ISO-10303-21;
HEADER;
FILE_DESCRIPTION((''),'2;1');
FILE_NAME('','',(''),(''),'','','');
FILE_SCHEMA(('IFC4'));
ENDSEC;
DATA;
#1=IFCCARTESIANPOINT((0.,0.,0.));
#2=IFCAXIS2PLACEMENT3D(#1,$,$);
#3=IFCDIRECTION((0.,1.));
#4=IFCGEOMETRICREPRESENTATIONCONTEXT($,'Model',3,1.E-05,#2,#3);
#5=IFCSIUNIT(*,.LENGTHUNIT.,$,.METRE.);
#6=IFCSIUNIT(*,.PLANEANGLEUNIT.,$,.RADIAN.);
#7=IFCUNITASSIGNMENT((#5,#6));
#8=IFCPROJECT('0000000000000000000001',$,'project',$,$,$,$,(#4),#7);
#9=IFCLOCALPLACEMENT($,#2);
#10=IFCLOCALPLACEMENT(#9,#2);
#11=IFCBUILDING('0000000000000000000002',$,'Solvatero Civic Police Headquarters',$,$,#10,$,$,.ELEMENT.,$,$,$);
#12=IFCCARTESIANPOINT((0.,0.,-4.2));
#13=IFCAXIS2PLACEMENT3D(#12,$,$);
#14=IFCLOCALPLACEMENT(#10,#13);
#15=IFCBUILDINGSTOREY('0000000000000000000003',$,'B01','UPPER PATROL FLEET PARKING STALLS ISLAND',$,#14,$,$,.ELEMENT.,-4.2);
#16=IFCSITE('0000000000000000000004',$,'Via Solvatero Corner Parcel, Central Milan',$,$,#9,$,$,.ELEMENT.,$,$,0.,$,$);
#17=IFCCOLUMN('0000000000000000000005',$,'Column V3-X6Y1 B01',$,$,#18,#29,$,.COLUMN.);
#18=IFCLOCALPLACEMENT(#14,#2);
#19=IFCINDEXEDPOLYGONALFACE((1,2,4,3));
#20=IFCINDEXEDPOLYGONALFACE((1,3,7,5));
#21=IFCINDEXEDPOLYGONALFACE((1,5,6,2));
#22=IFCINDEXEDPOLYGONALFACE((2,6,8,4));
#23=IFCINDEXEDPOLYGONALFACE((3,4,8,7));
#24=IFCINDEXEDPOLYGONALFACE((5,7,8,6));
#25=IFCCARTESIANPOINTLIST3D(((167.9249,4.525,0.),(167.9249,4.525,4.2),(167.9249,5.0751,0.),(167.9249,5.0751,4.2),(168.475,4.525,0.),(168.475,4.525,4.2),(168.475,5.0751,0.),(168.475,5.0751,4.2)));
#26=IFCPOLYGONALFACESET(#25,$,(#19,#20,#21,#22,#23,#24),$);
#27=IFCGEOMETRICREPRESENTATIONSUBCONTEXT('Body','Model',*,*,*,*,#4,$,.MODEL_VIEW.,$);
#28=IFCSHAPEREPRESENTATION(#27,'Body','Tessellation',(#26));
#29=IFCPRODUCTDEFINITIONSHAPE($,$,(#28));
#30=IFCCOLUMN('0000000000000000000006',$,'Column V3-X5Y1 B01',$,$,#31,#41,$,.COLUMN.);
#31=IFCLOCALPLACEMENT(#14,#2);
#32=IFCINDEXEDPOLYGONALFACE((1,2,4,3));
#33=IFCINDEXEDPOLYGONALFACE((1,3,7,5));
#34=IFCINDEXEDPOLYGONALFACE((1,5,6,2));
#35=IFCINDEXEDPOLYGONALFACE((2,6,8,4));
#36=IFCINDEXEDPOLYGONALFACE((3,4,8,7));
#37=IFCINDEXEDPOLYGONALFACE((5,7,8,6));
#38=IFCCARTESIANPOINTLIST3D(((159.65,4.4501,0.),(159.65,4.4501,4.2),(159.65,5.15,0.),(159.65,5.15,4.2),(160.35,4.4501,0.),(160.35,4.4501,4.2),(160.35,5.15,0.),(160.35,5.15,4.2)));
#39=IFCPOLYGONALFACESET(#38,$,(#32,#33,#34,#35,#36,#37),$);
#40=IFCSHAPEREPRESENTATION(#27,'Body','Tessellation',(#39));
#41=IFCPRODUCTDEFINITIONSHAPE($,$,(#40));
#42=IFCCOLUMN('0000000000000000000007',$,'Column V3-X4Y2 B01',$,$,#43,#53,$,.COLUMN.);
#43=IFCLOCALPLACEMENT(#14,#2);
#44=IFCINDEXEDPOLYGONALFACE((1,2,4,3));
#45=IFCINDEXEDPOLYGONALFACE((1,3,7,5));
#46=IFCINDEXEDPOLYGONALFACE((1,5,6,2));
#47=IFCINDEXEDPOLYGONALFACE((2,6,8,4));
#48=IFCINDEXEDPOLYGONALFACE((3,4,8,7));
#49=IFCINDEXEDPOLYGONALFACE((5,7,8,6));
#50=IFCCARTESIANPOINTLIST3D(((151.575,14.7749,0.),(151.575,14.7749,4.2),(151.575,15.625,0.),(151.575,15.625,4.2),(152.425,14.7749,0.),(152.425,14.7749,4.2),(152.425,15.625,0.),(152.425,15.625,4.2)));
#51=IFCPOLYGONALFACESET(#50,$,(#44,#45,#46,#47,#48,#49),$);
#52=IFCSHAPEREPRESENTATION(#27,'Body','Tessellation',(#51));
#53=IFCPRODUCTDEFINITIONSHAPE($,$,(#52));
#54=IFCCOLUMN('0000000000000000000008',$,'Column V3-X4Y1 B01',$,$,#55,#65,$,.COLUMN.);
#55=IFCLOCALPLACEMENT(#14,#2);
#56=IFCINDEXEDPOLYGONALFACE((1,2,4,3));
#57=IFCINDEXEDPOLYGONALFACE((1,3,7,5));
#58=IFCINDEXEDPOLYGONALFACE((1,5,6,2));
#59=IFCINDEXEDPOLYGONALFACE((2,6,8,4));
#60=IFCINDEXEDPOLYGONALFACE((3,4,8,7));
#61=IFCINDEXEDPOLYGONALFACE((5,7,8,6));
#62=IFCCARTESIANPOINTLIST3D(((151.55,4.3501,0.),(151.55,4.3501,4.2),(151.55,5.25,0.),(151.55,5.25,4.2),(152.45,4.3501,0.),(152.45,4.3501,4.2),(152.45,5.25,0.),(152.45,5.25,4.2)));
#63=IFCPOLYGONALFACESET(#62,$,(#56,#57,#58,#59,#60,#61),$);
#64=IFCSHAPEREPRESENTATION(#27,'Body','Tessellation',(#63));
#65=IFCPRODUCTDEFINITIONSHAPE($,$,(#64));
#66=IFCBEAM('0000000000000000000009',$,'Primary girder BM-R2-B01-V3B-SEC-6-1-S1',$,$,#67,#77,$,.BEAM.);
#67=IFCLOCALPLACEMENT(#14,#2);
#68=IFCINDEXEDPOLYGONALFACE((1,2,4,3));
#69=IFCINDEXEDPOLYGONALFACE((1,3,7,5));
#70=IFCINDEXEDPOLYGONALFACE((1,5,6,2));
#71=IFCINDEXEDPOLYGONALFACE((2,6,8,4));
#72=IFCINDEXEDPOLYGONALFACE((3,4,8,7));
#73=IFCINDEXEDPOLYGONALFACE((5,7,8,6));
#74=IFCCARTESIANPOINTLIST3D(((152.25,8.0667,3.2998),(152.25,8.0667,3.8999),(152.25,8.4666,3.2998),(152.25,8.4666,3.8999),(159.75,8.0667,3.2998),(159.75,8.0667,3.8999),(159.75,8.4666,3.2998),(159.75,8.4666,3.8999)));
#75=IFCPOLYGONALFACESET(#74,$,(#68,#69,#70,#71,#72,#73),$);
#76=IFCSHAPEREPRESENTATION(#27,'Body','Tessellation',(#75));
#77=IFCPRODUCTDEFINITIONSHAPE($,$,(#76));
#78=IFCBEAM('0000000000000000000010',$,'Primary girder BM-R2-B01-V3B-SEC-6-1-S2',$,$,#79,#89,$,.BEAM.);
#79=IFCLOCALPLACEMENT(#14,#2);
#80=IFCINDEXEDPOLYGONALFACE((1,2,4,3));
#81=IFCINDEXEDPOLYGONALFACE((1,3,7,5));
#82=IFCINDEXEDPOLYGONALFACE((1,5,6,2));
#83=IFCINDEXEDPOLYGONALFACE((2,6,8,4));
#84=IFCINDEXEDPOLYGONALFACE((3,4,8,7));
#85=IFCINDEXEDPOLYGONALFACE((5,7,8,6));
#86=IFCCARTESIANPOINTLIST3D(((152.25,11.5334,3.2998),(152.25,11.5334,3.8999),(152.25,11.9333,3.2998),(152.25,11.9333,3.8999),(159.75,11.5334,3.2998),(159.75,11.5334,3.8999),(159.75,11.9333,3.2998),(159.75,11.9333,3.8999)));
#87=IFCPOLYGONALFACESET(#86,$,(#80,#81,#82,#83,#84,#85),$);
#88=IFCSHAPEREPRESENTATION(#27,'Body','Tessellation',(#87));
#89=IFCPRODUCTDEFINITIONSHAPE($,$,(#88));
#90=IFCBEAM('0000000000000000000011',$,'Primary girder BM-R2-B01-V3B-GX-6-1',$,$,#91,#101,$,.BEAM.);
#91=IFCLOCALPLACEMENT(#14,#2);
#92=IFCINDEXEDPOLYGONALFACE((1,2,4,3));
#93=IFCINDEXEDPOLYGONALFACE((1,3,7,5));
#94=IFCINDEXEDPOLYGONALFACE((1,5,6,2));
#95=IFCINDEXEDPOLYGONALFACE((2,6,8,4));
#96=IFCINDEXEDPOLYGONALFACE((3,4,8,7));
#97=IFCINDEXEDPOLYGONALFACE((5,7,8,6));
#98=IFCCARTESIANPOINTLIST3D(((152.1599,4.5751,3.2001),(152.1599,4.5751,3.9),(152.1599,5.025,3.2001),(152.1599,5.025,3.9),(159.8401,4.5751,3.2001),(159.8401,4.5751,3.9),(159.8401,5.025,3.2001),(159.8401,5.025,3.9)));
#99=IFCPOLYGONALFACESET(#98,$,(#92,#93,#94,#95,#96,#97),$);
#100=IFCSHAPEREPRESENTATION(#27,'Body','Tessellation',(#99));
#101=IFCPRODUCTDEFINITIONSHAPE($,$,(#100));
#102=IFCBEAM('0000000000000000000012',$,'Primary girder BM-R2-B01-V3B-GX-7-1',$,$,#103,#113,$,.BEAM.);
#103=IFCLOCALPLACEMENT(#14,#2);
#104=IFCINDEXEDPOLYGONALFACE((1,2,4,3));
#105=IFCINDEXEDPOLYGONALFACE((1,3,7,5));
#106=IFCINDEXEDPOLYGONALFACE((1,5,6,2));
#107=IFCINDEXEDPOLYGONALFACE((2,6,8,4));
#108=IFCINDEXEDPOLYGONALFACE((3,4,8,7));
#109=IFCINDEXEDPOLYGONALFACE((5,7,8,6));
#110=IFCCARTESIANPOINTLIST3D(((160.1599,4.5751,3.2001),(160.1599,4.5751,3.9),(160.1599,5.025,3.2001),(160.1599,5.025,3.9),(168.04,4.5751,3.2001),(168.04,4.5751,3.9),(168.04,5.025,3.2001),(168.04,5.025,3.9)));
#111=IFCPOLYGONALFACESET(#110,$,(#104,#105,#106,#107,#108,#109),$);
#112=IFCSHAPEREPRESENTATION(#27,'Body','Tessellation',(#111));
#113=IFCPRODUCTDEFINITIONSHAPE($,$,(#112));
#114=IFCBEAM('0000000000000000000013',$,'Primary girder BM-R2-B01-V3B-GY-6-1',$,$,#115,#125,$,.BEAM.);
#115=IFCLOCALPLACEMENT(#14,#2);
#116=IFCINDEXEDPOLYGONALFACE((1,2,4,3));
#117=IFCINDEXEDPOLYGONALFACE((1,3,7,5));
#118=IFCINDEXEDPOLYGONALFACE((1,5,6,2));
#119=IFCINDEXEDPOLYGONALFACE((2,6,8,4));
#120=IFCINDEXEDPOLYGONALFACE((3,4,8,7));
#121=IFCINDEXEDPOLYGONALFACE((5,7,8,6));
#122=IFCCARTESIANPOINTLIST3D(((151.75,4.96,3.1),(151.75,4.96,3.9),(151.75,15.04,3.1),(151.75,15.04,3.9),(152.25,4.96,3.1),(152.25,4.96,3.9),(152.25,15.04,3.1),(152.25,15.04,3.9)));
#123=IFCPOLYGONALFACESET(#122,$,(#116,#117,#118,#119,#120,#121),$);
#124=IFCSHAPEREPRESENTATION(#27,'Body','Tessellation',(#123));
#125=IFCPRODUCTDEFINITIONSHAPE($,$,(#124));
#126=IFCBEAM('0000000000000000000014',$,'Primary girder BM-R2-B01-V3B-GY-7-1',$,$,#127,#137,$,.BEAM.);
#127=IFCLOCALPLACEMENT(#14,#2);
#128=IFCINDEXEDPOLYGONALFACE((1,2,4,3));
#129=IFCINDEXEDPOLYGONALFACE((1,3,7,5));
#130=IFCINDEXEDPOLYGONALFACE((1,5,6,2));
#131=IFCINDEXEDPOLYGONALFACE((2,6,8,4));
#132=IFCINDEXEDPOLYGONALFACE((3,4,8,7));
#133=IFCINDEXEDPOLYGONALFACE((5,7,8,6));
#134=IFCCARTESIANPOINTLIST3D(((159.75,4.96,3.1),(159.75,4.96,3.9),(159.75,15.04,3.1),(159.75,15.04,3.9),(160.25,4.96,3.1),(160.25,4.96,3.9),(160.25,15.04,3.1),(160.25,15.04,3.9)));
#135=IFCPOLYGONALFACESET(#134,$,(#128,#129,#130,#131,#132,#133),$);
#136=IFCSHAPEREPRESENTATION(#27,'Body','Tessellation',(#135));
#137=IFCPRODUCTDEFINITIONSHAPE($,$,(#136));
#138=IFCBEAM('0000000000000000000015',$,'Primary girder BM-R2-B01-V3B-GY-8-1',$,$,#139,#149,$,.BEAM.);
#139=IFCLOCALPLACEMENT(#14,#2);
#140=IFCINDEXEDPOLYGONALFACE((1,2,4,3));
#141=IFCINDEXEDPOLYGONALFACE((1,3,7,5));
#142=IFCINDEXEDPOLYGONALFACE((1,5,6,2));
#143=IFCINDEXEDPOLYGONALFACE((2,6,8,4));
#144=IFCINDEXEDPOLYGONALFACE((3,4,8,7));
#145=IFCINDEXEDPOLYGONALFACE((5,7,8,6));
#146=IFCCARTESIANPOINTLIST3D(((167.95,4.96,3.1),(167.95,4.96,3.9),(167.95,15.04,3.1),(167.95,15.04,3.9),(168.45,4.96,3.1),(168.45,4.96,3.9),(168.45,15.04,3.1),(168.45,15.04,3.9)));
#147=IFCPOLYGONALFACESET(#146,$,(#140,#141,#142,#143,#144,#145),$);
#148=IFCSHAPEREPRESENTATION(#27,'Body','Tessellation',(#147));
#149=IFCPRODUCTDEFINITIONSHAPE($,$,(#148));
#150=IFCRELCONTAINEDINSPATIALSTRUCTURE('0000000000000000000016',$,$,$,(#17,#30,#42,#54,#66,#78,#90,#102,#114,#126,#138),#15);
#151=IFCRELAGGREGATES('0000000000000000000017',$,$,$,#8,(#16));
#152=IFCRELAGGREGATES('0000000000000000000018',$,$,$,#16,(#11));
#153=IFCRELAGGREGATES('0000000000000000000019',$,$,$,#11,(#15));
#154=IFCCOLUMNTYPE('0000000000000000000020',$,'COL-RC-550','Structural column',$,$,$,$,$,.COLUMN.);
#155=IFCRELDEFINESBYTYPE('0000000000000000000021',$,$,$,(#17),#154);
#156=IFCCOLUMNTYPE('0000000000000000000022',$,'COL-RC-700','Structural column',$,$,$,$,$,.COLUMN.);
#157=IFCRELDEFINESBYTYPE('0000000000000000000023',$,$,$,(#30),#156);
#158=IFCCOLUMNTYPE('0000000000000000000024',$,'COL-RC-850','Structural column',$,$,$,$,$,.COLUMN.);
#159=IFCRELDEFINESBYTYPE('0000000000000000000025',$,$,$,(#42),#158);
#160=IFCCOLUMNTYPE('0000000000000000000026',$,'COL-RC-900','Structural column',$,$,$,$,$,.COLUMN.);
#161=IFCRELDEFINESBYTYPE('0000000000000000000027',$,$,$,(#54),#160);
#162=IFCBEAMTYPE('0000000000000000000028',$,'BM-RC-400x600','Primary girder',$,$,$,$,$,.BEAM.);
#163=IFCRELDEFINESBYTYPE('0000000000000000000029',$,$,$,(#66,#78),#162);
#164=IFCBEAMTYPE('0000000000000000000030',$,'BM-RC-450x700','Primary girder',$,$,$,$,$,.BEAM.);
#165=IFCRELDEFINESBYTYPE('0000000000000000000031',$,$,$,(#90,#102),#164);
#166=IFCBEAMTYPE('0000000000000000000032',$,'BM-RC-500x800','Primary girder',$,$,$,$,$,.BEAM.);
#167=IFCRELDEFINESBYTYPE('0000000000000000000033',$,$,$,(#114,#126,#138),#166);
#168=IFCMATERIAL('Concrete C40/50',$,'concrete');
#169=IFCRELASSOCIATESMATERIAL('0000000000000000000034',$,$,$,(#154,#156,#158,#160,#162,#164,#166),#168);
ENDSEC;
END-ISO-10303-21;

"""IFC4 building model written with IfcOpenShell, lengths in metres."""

from ifc_helpers import new_model, si_unit, direction, frame, origin, origin_2d, place, context, subcontext, project, spatial, rectangle, extrude, material, material_profile, profile_set, type_object, element, save


model = new_model("IFC4")

# Units and contexts
model_context = context("Model", 3, precision=1e-05, world=origin(), true_north=direction((0.0, 1.0)))
body_context = subcontext(model_context, "Body", "Model", "MODEL_VIEW")
ifc_project = project(units=[si_unit("LENGTHUNIT", "METRE"), si_unit("PLANEANGLEUNIT", "RADIAN")], contexts=[model_context])

# Site, building, storey
site_placement = place(None, origin())
site = spatial("IfcSite", under=ifc_project, at=site_placement, Name="Via Solvatero Corner Parcel, Central Milan", CompositionType="ELEMENT", RefElevation=0.0)
building_placement = place(site_placement, origin())
building = spatial("IfcBuilding", under=site, at=building_placement, Name="Solvatero Civic Police Headquarters", CompositionType="ELEMENT")
storey_placement = place(building_placement, frame((0.0, 0.0, -4.2)))
storey = spatial("IfcBuildingStorey", under=building, at=storey_placement, Name="B01", Description="UPPER PATROL FLEET PARKING STALLS ISLAND", CompositionType="ELEMENT", Elevation=-4.2)

# Columns
ifc_material_1 = material(Name="Concrete C40/50", Category="concrete")
ifc_material_profile_1 = material_profile(ifc_material_1, rectangle(XDim=0.55, YDim=0.55, at=origin_2d()), Name="RC 550x550")
ifc_profile_set_1 = profile_set([ifc_material_profile_1], Name="Concrete C40/50")
column_type_1 = type_object("IfcColumnType", Name="COL-RC-550", Description="Structural column", PredefinedType="COLUMN", material=ifc_profile_set_1)
column_1_placement = place(storey_placement, frame((168.2, 4.8, 0.0), z_axis=(0.0, 0.0, 1.0), x_axis=(1.0, 0.0, 0.0)))
element("IfcColumn", 1, at=column_1_placement, inside=storey, type_object=column_type_1, Name="Column V3-X6Y1 B01", PredefinedType="COLUMN", context=body_context, shape_type="SweptSolid", body=[
    extrude(rectangle(XDim=0.55, YDim=0.55, at=origin_2d()), origin(), (0.0, 0.0, 1.0), 4.2),
])
ifc_material_profile_2 = material_profile(ifc_material_1, rectangle(XDim=0.7, YDim=0.7, at=origin_2d()), Name="RC 700x700")
ifc_profile_set_2 = profile_set([ifc_material_profile_2], Name="Concrete C40/50")
column_type_2 = type_object("IfcColumnType", Name="COL-RC-700", Description="Structural column", PredefinedType="COLUMN", material=ifc_profile_set_2)
column_2_placement = place(storey_placement, frame((160.0, 4.8, 0.0), z_axis=(0.0, 0.0, 1.0), x_axis=(1.0, 0.0, 0.0)))
element("IfcColumn", 2, at=column_2_placement, inside=storey, type_object=column_type_2, Name="Column V3-X5Y1 B01", PredefinedType="COLUMN", context=body_context, shape_type="SweptSolid", body=[
    extrude(rectangle(XDim=0.7, YDim=0.7, at=origin_2d()), origin(), (0.0, 0.0, 1.0), 4.2),
])
ifc_material_profile_3 = material_profile(ifc_material_1, rectangle(XDim=0.8501, YDim=0.8501, at=origin_2d()), Name="RC 850x850")
ifc_profile_set_3 = profile_set([ifc_material_profile_3], Name="Concrete C40/50")
column_type_3 = type_object("IfcColumnType", Name="COL-RC-850", Description="Structural column", PredefinedType="COLUMN", material=ifc_profile_set_3)
column_3_placement = place(storey_placement, frame((152.0, 15.2, 0.0), z_axis=(0.0, 0.0, 1.0), x_axis=(1.0, 0.0, 0.0)))
element("IfcColumn", 3, at=column_3_placement, inside=storey, type_object=column_type_3, Name="Column V3-X4Y2 B01", PredefinedType="COLUMN", context=body_context, shape_type="SweptSolid", body=[
    extrude(rectangle(XDim=0.8501, YDim=0.8501, at=origin_2d()), origin(), (0.0, 0.0, 1.0), 4.2),
])
ifc_material_profile_4 = material_profile(ifc_material_1, rectangle(XDim=0.8999, YDim=0.8999, at=origin_2d()), Name="RC 900x900")
ifc_profile_set_4 = profile_set([ifc_material_profile_4], Name="Concrete C40/50")
column_type_4 = type_object("IfcColumnType", Name="COL-RC-900", Description="Structural column", PredefinedType="COLUMN", material=ifc_profile_set_4)
column_4_placement = place(storey_placement, frame((152.0, 4.8, 0.0), z_axis=(0.0, 0.0, 1.0), x_axis=(1.0, 0.0, 0.0)))
element("IfcColumn", 4, at=column_4_placement, inside=storey, type_object=column_type_4, Name="Column V3-X4Y1 B01", PredefinedType="COLUMN", context=body_context, shape_type="SweptSolid", body=[
    extrude(rectangle(XDim=0.8999, YDim=0.8999, at=origin_2d()), origin(), (0.0, 0.0, 1.0), 4.2),
])

# Beams
ifc_material_profile_5 = material_profile(ifc_material_1, rectangle(XDim=0.3999, YDim=0.6001, at=origin_2d()), Name="RC 400x600")
ifc_profile_set_5 = profile_set([ifc_material_profile_5], Name="Concrete C40/50")
beam_type_1 = type_object("IfcBeamType", Name="BM-RC-400x600", Description="Primary girder", PredefinedType="BEAM", material=ifc_profile_set_5)
for number, where, z_axis, x_axis, name in (
    (5, (152.25, 8.2666, 3.5999), (1.0, 0.0, 0.0), (0.0, 1.0, 0.0), "Primary girder BM-R2-B01-V3B-SEC-6-1-S1"),
    (6, (152.25, 11.7334, 3.5999), (1.0, 0.0, 0.0), (0.0, 1.0, 0.0), "Primary girder BM-R2-B01-V3B-SEC-6-1-S2"),
):
    element("IfcBeam", number, at=place(storey_placement, frame(where, z_axis=z_axis, x_axis=x_axis)), inside=storey, type_object=beam_type_1, Name=name, PredefinedType="BEAM", context=body_context, shape_type="SweptSolid", body=[
        extrude(rectangle(XDim=0.3999, YDim=0.6001, at=origin_2d()), origin(), (0.0, 0.0, 1.0), 7.5),
    ])
ifc_material_profile_6 = material_profile(ifc_material_1, rectangle(XDim=0.45, YDim=0.7, at=origin_2d()), Name="RC 450x700")
ifc_profile_set_6 = profile_set([ifc_material_profile_6], Name="Concrete C40/50")
beam_type_2 = type_object("IfcBeamType", Name="BM-RC-450x700", Description="Primary girder", PredefinedType="BEAM", material=ifc_profile_set_6)
beam_1_placement = place(storey_placement, frame((152.1599, 4.8, 3.55), z_axis=(1.0, 0.0, 0.0), x_axis=(0.0, 1.0, 0.0)))
element("IfcBeam", 7, at=beam_1_placement, inside=storey, type_object=beam_type_2, Name="Primary girder BM-R2-B01-V3B-GX-6-1", PredefinedType="BEAM", context=body_context, shape_type="SweptSolid", body=[
    extrude(rectangle(XDim=0.45, YDim=0.7, at=origin_2d()), origin(), (0.0, 0.0, 1.0), 7.6802),
])
beam_2_placement = place(storey_placement, frame((160.1599, 4.8, 3.55), z_axis=(1.0, 0.0, 0.0), x_axis=(0.0, 1.0, 0.0)))
element("IfcBeam", 8, at=beam_2_placement, inside=storey, type_object=beam_type_2, Name="Primary girder BM-R2-B01-V3B-GX-7-1", PredefinedType="BEAM", context=body_context, shape_type="SweptSolid", body=[
    extrude(rectangle(XDim=0.45, YDim=0.7, at=origin_2d()), origin(), (0.0, 0.0, 1.0), 7.8801),
])
ifc_material_profile_7 = material_profile(ifc_material_1, rectangle(XDim=0.5, YDim=0.8, at=origin_2d()), Name="RC 500x800")
ifc_profile_set_7 = profile_set([ifc_material_profile_7], Name="Concrete C40/50")
beam_type_3 = type_object("IfcBeamType", Name="BM-RC-500x800", Description="Primary girder", PredefinedType="BEAM", material=ifc_profile_set_7)
for number, where, z_axis, x_axis, name in (
    (9, (152.0, 4.96, 3.5), (0.0, 1.0, 0.0), (-1.0, 0.0, 0.0), "Primary girder BM-R2-B01-V3B-GY-6-1"),
    (10, (160.0, 4.96, 3.5), (0.0, 1.0, 0.0), (-1.0, 0.0, 0.0), "Primary girder BM-R2-B01-V3B-GY-7-1"),
    (11, (168.2, 4.96, 3.5), (0.0, 1.0, 0.0), (-1.0, 0.0, 0.0), "Primary girder BM-R2-B01-V3B-GY-8-1"),
):
    element("IfcBeam", number, at=place(storey_placement, frame(where, z_axis=z_axis, x_axis=x_axis)), inside=storey, type_object=beam_type_3, Name=name, PredefinedType="BEAM", context=body_context, shape_type="SweptSolid", body=[
        extrude(rectangle(XDim=0.5, YDim=0.8, at=origin_2d()), origin(), (0.0, 0.0, 1.0), 10.0801),
    ])

save(model, "model.ifc")
